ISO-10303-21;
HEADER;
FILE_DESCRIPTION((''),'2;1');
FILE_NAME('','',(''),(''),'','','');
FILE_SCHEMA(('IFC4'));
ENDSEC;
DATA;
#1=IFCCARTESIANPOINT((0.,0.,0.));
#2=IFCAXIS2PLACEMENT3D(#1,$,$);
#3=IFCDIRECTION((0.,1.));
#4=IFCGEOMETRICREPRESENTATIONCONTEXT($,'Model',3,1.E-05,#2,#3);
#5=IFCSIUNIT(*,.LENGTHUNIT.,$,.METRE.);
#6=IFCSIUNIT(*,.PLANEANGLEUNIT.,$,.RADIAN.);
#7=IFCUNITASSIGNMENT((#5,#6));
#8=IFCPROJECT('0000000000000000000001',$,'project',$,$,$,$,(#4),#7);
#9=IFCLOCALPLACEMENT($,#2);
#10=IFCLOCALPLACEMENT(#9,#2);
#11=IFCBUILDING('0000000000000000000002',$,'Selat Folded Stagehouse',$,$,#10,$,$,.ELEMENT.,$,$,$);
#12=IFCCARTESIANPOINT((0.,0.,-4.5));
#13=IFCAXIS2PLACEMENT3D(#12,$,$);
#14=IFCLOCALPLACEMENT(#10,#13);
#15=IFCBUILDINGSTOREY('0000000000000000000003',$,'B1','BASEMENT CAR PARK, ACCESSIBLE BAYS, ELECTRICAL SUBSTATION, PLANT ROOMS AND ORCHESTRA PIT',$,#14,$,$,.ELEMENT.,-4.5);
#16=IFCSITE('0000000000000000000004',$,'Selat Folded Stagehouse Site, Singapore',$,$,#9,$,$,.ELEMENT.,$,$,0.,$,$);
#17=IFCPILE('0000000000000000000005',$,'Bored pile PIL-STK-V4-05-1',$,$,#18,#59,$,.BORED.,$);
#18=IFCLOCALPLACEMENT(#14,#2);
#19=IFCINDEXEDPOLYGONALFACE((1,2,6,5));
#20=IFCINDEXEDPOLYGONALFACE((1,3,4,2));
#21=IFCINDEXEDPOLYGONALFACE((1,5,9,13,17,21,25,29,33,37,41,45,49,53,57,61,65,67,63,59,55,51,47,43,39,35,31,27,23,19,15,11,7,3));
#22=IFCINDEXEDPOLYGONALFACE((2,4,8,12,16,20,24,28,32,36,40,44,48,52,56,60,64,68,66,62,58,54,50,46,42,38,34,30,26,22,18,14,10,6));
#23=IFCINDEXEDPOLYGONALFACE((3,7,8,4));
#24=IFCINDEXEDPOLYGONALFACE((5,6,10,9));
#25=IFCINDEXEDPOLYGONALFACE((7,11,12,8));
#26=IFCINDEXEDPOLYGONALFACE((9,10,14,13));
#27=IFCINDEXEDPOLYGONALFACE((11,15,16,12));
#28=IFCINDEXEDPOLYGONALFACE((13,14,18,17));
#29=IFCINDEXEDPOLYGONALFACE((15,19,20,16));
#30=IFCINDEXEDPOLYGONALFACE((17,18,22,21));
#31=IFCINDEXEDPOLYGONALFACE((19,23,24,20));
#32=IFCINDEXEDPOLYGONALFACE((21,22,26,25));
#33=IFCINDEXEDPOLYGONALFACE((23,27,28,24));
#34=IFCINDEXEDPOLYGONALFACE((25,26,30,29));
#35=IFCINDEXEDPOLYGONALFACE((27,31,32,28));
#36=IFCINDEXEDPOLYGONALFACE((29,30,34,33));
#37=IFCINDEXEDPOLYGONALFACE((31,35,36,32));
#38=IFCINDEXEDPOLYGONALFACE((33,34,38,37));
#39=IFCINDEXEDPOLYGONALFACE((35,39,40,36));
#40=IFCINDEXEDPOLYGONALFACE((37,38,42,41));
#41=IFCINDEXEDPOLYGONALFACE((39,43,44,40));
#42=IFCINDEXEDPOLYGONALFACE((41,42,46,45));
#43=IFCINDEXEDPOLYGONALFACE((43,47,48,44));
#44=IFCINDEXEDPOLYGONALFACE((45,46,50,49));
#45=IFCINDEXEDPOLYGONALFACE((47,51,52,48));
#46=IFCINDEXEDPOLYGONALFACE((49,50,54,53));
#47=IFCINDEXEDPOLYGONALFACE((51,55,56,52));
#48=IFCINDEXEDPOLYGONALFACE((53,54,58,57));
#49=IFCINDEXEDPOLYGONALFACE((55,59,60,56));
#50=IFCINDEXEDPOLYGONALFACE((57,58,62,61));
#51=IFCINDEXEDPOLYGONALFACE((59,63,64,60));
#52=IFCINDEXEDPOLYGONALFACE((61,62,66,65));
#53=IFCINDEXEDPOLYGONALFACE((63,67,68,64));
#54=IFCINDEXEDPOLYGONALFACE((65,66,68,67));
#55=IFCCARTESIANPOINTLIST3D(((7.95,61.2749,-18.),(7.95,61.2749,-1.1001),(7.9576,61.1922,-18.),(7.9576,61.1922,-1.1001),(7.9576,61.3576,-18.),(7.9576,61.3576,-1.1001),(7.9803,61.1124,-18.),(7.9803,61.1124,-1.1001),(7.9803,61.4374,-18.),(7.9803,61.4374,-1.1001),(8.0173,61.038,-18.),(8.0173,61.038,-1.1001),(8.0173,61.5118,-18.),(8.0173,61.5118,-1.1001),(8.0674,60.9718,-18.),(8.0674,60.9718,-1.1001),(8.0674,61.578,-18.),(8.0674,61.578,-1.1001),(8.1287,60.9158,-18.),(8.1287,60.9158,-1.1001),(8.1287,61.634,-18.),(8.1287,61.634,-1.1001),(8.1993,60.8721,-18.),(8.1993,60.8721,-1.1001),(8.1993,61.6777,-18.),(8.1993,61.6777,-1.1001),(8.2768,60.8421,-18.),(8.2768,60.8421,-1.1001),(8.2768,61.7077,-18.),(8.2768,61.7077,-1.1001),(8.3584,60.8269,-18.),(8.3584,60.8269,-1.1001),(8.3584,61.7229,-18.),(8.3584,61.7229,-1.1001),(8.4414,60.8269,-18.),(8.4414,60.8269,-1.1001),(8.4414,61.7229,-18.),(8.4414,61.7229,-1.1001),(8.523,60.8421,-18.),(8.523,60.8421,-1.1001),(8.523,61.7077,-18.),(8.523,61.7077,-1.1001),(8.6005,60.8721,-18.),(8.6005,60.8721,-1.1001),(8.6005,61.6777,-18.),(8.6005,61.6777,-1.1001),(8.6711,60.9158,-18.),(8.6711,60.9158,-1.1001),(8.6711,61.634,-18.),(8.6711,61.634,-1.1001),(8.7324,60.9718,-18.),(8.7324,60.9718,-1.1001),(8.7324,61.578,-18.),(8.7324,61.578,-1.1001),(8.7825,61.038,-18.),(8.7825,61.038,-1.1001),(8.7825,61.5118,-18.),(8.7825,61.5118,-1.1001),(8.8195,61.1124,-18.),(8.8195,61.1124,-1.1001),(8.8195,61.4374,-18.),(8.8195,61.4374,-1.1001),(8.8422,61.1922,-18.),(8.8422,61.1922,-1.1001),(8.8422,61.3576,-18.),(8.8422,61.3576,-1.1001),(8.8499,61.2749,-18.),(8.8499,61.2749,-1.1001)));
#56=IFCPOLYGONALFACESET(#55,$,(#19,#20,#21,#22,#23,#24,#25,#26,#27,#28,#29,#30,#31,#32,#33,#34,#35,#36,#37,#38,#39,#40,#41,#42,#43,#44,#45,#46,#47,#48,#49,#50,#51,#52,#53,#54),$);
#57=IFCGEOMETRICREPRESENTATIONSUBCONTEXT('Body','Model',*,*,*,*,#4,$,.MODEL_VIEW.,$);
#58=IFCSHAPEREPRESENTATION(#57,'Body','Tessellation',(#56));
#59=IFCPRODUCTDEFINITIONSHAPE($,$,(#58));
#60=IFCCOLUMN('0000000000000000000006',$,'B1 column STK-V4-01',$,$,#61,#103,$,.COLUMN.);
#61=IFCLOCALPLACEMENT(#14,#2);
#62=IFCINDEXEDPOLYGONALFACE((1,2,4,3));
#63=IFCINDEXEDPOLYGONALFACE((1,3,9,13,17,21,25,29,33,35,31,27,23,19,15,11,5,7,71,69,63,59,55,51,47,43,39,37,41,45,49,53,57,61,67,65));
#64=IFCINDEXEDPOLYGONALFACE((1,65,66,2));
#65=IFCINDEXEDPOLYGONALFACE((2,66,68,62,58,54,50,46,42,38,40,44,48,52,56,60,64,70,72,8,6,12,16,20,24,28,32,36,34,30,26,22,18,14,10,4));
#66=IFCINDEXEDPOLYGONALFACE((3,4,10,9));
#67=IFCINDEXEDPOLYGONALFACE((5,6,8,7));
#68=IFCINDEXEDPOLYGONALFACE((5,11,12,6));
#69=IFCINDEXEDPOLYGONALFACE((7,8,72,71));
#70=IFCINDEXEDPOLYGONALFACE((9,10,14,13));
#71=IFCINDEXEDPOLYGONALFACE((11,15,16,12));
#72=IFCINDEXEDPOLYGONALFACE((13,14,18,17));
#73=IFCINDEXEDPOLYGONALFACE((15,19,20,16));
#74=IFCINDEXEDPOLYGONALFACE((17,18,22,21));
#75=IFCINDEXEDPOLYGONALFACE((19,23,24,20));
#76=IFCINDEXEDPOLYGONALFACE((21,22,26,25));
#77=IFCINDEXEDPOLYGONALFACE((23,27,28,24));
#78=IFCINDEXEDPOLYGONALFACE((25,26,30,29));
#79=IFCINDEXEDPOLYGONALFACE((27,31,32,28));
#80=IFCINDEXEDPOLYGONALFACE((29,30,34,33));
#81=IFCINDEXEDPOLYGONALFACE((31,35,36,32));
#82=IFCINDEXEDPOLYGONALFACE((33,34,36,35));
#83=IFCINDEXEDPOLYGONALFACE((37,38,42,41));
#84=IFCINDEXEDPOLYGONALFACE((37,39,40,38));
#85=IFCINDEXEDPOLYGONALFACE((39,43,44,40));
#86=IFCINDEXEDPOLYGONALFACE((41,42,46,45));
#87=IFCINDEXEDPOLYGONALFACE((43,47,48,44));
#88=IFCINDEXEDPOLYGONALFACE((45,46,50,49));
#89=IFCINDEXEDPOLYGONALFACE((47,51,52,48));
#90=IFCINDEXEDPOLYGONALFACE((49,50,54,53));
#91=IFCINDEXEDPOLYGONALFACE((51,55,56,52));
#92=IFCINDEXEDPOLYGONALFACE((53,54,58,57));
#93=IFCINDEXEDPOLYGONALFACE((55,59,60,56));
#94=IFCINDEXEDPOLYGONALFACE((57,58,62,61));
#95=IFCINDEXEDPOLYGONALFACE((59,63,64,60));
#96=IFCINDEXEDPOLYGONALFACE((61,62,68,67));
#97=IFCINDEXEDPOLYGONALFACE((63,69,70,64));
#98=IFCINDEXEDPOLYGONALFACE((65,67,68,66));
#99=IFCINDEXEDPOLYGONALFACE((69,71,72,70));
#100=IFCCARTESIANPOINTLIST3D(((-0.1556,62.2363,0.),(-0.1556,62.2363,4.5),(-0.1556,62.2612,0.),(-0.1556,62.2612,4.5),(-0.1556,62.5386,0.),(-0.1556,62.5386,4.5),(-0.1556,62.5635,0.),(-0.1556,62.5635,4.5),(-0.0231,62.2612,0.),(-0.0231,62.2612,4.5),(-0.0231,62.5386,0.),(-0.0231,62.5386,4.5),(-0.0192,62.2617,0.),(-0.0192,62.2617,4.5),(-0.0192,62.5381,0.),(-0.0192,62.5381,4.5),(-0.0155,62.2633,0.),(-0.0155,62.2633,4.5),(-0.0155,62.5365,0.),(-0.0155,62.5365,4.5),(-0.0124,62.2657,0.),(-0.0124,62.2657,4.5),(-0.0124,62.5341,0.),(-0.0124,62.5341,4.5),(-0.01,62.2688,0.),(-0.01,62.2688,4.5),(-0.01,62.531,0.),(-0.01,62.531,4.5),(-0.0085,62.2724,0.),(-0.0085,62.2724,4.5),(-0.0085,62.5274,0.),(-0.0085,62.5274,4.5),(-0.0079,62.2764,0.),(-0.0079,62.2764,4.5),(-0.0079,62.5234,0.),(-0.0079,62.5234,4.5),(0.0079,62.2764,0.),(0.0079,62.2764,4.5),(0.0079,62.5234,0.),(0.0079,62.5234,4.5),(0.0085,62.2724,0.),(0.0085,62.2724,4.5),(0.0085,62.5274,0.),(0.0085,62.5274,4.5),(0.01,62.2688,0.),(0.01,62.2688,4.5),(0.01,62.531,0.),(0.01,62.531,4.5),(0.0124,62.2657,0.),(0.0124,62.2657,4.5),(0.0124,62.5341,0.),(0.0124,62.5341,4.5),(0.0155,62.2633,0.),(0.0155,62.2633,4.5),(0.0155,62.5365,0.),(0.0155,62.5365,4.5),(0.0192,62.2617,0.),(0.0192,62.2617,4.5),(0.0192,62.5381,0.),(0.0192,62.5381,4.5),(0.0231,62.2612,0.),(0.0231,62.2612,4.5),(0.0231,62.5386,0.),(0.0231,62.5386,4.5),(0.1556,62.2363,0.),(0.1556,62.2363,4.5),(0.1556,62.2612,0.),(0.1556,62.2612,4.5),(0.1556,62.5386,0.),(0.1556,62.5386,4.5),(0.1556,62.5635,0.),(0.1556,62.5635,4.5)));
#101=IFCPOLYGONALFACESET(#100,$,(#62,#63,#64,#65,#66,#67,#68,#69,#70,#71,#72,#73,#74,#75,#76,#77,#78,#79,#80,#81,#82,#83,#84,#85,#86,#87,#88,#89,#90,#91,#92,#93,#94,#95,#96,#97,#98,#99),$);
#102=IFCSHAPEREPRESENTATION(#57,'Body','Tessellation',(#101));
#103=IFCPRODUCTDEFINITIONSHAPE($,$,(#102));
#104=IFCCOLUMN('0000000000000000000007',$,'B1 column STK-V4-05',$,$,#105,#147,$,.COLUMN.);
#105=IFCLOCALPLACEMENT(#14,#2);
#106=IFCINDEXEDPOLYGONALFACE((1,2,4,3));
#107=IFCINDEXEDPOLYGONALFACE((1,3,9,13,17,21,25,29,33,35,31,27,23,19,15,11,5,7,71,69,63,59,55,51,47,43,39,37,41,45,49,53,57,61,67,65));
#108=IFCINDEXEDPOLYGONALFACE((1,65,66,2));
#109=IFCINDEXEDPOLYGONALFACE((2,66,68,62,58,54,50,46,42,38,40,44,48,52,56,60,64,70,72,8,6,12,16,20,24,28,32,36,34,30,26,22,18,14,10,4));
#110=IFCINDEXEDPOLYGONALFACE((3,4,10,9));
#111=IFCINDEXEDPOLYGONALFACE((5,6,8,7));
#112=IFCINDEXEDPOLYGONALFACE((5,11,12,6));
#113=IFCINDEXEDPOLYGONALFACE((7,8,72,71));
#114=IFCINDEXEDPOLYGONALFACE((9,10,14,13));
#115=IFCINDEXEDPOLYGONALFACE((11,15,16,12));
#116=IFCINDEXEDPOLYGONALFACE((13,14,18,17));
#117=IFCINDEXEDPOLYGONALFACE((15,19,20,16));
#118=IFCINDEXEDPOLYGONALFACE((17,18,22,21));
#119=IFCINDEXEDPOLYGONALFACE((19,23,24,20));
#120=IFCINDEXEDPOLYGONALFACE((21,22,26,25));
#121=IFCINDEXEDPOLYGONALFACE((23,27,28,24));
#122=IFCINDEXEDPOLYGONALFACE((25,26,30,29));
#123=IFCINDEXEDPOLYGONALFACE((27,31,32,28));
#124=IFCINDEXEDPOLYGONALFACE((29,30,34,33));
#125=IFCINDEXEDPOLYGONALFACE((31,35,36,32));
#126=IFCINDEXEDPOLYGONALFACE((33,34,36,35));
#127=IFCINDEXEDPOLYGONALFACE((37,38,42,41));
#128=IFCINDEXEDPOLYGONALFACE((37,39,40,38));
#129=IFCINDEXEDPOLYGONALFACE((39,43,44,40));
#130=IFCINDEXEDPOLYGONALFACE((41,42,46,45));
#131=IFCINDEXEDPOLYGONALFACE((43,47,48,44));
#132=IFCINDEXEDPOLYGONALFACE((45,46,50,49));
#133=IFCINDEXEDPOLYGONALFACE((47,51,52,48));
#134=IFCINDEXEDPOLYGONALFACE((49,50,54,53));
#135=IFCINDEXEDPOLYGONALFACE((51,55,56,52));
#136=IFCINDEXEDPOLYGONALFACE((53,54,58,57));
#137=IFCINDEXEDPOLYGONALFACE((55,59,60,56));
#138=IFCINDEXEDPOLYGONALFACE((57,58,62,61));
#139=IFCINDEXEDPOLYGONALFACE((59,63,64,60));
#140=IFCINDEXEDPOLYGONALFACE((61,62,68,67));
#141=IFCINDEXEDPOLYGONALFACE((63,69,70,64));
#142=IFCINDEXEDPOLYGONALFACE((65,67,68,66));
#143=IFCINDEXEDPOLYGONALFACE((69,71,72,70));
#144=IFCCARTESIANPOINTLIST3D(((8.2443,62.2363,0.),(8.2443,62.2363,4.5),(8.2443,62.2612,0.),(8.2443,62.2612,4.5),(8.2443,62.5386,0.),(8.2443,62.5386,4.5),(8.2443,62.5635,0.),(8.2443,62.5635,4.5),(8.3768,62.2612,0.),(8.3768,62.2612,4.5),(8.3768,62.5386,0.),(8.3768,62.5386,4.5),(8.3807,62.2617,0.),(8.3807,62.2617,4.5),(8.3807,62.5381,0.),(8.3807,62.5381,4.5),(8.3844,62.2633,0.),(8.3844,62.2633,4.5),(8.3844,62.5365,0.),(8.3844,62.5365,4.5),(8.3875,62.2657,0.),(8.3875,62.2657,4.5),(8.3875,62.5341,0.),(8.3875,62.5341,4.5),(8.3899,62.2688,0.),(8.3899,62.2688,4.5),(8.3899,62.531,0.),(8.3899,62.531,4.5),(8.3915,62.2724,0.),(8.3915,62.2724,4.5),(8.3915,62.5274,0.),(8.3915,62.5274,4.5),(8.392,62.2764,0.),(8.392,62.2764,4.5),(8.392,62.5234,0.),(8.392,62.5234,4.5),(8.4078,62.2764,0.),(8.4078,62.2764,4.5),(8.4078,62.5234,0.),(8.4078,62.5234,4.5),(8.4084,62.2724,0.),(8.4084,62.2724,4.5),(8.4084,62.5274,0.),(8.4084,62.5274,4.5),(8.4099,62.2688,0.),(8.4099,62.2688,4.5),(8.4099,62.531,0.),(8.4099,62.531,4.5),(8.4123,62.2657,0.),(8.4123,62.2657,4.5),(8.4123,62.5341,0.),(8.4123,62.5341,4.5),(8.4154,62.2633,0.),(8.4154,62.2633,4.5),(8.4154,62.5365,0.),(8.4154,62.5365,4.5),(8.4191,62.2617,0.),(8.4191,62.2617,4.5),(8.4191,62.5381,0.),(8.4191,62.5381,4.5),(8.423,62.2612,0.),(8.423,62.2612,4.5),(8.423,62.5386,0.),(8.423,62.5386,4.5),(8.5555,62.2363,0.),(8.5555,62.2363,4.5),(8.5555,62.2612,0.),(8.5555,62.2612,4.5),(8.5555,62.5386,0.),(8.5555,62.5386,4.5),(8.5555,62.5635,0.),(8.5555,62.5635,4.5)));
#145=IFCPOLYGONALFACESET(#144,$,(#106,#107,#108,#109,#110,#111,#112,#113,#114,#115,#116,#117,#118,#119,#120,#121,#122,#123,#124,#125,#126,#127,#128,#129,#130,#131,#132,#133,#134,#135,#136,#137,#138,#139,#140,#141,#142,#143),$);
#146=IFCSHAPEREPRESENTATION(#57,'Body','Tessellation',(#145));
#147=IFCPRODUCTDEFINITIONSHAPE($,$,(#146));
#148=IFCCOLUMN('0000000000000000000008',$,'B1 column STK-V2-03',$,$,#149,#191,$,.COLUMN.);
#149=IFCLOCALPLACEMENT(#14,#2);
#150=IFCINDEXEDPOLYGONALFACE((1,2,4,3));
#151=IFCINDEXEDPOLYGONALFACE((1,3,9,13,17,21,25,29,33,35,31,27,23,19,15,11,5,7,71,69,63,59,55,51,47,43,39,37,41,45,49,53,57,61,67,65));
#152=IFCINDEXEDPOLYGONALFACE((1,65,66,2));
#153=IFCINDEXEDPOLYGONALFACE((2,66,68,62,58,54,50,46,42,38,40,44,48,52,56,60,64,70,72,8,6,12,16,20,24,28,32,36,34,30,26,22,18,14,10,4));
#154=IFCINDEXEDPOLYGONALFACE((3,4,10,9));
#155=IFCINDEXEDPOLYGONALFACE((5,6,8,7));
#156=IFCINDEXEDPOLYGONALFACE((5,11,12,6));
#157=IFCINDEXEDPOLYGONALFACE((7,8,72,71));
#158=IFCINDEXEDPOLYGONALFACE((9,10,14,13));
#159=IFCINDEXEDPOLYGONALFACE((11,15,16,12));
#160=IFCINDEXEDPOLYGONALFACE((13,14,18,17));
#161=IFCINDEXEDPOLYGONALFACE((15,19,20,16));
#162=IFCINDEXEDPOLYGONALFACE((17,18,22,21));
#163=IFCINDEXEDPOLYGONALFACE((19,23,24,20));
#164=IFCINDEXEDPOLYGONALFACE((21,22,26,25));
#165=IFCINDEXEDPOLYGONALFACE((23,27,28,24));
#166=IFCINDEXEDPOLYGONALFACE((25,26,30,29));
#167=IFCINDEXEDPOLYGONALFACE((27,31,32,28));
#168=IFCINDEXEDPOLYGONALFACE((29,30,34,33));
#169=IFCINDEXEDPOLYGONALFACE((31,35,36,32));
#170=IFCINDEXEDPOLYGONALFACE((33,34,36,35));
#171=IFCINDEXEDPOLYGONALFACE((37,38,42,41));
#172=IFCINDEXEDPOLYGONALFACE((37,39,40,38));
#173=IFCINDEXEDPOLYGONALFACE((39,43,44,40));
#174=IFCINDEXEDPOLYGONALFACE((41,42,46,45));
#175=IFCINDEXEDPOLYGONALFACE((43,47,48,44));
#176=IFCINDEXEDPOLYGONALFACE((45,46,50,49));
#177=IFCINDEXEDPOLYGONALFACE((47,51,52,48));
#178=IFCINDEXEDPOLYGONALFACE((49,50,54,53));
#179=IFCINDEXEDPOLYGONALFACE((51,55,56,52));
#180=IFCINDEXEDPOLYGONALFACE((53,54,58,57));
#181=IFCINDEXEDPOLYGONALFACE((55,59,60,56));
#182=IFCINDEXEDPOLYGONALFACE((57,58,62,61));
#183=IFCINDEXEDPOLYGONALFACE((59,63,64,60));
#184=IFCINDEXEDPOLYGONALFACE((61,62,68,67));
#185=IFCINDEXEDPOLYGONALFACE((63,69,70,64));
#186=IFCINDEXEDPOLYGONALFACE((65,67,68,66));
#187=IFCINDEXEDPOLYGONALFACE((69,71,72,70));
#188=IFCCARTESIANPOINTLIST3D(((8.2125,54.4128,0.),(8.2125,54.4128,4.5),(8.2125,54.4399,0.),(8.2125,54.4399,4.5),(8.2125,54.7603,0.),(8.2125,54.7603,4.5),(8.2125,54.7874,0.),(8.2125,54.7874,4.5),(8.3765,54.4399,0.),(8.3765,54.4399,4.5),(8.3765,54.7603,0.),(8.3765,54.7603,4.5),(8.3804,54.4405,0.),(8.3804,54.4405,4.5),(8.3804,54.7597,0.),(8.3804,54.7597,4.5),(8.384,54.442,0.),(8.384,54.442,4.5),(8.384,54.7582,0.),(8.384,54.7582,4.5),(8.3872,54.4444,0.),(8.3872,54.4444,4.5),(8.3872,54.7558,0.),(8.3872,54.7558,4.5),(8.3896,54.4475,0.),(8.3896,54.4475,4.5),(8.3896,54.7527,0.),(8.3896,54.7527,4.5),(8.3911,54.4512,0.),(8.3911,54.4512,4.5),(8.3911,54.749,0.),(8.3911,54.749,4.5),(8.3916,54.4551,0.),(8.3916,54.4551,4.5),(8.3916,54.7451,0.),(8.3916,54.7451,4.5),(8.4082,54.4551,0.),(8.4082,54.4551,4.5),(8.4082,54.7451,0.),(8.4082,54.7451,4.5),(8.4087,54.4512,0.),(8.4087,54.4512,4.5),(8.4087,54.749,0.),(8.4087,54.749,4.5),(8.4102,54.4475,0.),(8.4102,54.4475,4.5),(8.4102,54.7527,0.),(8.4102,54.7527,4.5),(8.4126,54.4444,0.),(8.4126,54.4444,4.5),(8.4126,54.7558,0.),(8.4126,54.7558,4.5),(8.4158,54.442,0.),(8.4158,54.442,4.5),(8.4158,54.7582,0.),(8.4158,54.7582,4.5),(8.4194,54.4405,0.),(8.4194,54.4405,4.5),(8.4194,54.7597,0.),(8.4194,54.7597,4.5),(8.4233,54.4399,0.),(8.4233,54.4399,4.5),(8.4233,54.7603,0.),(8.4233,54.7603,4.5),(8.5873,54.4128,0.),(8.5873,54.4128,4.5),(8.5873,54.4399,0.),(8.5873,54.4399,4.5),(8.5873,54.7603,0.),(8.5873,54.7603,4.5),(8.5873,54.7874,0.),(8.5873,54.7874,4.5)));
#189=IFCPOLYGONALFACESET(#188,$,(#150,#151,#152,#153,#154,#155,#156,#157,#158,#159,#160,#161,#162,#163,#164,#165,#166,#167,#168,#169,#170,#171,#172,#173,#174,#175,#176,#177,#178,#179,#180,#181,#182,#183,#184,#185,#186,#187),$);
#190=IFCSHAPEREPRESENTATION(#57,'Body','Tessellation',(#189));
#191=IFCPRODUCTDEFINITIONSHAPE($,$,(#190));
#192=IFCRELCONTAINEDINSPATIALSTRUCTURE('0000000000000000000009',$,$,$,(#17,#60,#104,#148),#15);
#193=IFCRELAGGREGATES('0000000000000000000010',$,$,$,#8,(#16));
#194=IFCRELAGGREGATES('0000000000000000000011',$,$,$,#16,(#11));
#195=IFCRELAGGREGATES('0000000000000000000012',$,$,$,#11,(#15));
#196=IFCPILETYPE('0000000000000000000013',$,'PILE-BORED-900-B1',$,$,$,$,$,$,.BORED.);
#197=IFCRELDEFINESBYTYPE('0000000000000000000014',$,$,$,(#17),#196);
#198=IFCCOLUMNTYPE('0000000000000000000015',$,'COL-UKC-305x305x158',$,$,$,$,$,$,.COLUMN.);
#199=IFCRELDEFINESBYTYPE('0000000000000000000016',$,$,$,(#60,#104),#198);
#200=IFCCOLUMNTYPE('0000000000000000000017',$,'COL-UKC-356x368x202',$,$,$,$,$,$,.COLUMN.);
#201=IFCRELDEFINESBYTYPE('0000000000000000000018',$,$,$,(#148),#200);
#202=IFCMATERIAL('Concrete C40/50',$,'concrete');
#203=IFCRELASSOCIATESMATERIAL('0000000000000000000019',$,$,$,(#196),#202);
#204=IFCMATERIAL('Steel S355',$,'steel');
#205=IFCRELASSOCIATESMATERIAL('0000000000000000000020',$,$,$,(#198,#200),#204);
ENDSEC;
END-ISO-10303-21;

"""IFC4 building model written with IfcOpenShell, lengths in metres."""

from ifc_helpers import new_model, si_unit, direction, frame, origin, origin_2d, place, context, subcontext, project, spatial, circle, i_section, extrude, material, material_profile, profile_set, type_object, element, save


model = new_model("IFC4")

# Units and contexts
model_context = context("Model", 3, precision=1e-05, world=origin(), true_north=direction((0.0, 1.0)))
body_context = subcontext(model_context, "Body", "Model", "MODEL_VIEW")
ifc_project = project(units=[si_unit("LENGTHUNIT", "METRE"), si_unit("PLANEANGLEUNIT", "RADIAN")], contexts=[model_context])

# Site, building, storey
site_placement = place(None, origin())
site = spatial("IfcSite", under=ifc_project, at=site_placement, Name="Selat Folded Stagehouse Site, Singapore", CompositionType="ELEMENT", RefElevation=0.0)
building_placement = place(site_placement, origin())
building = spatial("IfcBuilding", under=site, at=building_placement, Name="Selat Folded Stagehouse", CompositionType="ELEMENT")
storey_placement = place(building_placement, frame((0.0, 0.0, -4.5)))
storey = spatial("IfcBuildingStorey", under=building, at=storey_placement, Name="B1", Description="BASEMENT CAR PARK, ACCESSIBLE BAYS, ELECTRICAL SUBSTATION, PLANT ROOMS AND ORCHESTRA PIT", CompositionType="ELEMENT", Elevation=-4.5)

# Shared definitions
ifc_material_1 = material(Name="Concrete C40/50", Category="concrete")

# Pile
ifc_material_profile_1 = material_profile(ifc_material_1, circle(Radius=0.45, at=origin_2d()), Name="PILE D900")
ifc_profile_set_1 = profile_set([ifc_material_profile_1], Name="Concrete C40/50")
pile_type_1 = type_object("IfcPileType", Name="PILE-BORED-900-B1", PredefinedType="BORED", material=ifc_profile_set_1)
for number, where, z_axis, x_axis, name in (
    (1, (8.3999, 61.2749, -1.1001), (0.0, 0.0, -1.0), (1.0, 0.0, 0.0), "Bored pile PIL-STK-V4-05-1"),
):
    element("IfcPile", number, at=place(storey_placement, frame(where, z_axis=z_axis, x_axis=x_axis)), inside=storey, type_object=pile_type_1, Name=name, PredefinedType="BORED", context=body_context, shape_type="SweptSolid", body=[
        extrude(circle(Radius=0.45, at=origin_2d()), origin(), (0.0, 0.0, 1.0), 16.8999),
    ])

# Columns
ifc_material_2 = material(Name="Steel S355", Category="steel")
ifc_material_profile_2 = material_profile(ifc_material_2, i_section(OverallWidth=0.3113, OverallDepth=0.3271, WebThickness=0.0159, FlangeThickness=0.0249, FilletRadius=0.0151, at=origin_2d()), Name="UKC 305x305x158")
ifc_profile_set_2 = profile_set([ifc_material_profile_2], Name="Steel S355")
column_type_1 = type_object("IfcColumnType", Name="COL-UKC-305x305x158", PredefinedType="COLUMN", material=ifc_profile_set_2)
for number, where, z_axis, x_axis, name in (
    (2, (0.0, 62.3999, 0.0), (0.0, 0.0, 1.0), (1.0, 0.0, 0.0), "B1 column STK-V4-01"),
    (3, (8.3999, 62.3999, 0.0), (0.0, 0.0, 1.0), (1.0, 0.0, 0.0), "B1 column STK-V4-05"),
):
    element("IfcColumn", number, at=place(storey_placement, frame(where, z_axis=z_axis, x_axis=x_axis)), inside=storey, type_object=column_type_1, Name=name, PredefinedType="COLUMN", context=body_context, shape_type="SweptSolid", body=[
        extrude(i_section(OverallWidth=0.3113, OverallDepth=0.3271, WebThickness=0.0159, FlangeThickness=0.0249, FilletRadius=0.0151, at=origin_2d()), origin(), (0.0, 0.0, 1.0), 4.5),
    ])
ifc_material_profile_3 = material_profile(ifc_material_2, i_section(OverallWidth=0.3748, OverallDepth=0.3745, WebThickness=0.0166, FlangeThickness=0.0271, FilletRadius=0.0151, at=origin_2d()), Name="UKC 356x368x202")
ifc_profile_set_3 = profile_set([ifc_material_profile_3], Name="Steel S355")
column_type_2 = type_object("IfcColumnType", Name="COL-UKC-356x368x202", PredefinedType="COLUMN", material=ifc_profile_set_3)
column_placement = place(storey_placement, frame((8.3999, 54.6001, 0.0), z_axis=(0.0, 0.0, 1.0), x_axis=(1.0, 0.0, 0.0)))
element("IfcColumn", 4, at=column_placement, inside=storey, type_object=column_type_2, Name="B1 column STK-V2-03", PredefinedType="COLUMN", context=body_context, shape_type="SweptSolid", body=[
    extrude(i_section(OverallWidth=0.3748, OverallDepth=0.3745, WebThickness=0.0166, FlangeThickness=0.0271, FilletRadius=0.0151, at=origin_2d()), origin(), (0.0, 0.0, 1.0), 4.5),
])

save(model, "model.ifc")
